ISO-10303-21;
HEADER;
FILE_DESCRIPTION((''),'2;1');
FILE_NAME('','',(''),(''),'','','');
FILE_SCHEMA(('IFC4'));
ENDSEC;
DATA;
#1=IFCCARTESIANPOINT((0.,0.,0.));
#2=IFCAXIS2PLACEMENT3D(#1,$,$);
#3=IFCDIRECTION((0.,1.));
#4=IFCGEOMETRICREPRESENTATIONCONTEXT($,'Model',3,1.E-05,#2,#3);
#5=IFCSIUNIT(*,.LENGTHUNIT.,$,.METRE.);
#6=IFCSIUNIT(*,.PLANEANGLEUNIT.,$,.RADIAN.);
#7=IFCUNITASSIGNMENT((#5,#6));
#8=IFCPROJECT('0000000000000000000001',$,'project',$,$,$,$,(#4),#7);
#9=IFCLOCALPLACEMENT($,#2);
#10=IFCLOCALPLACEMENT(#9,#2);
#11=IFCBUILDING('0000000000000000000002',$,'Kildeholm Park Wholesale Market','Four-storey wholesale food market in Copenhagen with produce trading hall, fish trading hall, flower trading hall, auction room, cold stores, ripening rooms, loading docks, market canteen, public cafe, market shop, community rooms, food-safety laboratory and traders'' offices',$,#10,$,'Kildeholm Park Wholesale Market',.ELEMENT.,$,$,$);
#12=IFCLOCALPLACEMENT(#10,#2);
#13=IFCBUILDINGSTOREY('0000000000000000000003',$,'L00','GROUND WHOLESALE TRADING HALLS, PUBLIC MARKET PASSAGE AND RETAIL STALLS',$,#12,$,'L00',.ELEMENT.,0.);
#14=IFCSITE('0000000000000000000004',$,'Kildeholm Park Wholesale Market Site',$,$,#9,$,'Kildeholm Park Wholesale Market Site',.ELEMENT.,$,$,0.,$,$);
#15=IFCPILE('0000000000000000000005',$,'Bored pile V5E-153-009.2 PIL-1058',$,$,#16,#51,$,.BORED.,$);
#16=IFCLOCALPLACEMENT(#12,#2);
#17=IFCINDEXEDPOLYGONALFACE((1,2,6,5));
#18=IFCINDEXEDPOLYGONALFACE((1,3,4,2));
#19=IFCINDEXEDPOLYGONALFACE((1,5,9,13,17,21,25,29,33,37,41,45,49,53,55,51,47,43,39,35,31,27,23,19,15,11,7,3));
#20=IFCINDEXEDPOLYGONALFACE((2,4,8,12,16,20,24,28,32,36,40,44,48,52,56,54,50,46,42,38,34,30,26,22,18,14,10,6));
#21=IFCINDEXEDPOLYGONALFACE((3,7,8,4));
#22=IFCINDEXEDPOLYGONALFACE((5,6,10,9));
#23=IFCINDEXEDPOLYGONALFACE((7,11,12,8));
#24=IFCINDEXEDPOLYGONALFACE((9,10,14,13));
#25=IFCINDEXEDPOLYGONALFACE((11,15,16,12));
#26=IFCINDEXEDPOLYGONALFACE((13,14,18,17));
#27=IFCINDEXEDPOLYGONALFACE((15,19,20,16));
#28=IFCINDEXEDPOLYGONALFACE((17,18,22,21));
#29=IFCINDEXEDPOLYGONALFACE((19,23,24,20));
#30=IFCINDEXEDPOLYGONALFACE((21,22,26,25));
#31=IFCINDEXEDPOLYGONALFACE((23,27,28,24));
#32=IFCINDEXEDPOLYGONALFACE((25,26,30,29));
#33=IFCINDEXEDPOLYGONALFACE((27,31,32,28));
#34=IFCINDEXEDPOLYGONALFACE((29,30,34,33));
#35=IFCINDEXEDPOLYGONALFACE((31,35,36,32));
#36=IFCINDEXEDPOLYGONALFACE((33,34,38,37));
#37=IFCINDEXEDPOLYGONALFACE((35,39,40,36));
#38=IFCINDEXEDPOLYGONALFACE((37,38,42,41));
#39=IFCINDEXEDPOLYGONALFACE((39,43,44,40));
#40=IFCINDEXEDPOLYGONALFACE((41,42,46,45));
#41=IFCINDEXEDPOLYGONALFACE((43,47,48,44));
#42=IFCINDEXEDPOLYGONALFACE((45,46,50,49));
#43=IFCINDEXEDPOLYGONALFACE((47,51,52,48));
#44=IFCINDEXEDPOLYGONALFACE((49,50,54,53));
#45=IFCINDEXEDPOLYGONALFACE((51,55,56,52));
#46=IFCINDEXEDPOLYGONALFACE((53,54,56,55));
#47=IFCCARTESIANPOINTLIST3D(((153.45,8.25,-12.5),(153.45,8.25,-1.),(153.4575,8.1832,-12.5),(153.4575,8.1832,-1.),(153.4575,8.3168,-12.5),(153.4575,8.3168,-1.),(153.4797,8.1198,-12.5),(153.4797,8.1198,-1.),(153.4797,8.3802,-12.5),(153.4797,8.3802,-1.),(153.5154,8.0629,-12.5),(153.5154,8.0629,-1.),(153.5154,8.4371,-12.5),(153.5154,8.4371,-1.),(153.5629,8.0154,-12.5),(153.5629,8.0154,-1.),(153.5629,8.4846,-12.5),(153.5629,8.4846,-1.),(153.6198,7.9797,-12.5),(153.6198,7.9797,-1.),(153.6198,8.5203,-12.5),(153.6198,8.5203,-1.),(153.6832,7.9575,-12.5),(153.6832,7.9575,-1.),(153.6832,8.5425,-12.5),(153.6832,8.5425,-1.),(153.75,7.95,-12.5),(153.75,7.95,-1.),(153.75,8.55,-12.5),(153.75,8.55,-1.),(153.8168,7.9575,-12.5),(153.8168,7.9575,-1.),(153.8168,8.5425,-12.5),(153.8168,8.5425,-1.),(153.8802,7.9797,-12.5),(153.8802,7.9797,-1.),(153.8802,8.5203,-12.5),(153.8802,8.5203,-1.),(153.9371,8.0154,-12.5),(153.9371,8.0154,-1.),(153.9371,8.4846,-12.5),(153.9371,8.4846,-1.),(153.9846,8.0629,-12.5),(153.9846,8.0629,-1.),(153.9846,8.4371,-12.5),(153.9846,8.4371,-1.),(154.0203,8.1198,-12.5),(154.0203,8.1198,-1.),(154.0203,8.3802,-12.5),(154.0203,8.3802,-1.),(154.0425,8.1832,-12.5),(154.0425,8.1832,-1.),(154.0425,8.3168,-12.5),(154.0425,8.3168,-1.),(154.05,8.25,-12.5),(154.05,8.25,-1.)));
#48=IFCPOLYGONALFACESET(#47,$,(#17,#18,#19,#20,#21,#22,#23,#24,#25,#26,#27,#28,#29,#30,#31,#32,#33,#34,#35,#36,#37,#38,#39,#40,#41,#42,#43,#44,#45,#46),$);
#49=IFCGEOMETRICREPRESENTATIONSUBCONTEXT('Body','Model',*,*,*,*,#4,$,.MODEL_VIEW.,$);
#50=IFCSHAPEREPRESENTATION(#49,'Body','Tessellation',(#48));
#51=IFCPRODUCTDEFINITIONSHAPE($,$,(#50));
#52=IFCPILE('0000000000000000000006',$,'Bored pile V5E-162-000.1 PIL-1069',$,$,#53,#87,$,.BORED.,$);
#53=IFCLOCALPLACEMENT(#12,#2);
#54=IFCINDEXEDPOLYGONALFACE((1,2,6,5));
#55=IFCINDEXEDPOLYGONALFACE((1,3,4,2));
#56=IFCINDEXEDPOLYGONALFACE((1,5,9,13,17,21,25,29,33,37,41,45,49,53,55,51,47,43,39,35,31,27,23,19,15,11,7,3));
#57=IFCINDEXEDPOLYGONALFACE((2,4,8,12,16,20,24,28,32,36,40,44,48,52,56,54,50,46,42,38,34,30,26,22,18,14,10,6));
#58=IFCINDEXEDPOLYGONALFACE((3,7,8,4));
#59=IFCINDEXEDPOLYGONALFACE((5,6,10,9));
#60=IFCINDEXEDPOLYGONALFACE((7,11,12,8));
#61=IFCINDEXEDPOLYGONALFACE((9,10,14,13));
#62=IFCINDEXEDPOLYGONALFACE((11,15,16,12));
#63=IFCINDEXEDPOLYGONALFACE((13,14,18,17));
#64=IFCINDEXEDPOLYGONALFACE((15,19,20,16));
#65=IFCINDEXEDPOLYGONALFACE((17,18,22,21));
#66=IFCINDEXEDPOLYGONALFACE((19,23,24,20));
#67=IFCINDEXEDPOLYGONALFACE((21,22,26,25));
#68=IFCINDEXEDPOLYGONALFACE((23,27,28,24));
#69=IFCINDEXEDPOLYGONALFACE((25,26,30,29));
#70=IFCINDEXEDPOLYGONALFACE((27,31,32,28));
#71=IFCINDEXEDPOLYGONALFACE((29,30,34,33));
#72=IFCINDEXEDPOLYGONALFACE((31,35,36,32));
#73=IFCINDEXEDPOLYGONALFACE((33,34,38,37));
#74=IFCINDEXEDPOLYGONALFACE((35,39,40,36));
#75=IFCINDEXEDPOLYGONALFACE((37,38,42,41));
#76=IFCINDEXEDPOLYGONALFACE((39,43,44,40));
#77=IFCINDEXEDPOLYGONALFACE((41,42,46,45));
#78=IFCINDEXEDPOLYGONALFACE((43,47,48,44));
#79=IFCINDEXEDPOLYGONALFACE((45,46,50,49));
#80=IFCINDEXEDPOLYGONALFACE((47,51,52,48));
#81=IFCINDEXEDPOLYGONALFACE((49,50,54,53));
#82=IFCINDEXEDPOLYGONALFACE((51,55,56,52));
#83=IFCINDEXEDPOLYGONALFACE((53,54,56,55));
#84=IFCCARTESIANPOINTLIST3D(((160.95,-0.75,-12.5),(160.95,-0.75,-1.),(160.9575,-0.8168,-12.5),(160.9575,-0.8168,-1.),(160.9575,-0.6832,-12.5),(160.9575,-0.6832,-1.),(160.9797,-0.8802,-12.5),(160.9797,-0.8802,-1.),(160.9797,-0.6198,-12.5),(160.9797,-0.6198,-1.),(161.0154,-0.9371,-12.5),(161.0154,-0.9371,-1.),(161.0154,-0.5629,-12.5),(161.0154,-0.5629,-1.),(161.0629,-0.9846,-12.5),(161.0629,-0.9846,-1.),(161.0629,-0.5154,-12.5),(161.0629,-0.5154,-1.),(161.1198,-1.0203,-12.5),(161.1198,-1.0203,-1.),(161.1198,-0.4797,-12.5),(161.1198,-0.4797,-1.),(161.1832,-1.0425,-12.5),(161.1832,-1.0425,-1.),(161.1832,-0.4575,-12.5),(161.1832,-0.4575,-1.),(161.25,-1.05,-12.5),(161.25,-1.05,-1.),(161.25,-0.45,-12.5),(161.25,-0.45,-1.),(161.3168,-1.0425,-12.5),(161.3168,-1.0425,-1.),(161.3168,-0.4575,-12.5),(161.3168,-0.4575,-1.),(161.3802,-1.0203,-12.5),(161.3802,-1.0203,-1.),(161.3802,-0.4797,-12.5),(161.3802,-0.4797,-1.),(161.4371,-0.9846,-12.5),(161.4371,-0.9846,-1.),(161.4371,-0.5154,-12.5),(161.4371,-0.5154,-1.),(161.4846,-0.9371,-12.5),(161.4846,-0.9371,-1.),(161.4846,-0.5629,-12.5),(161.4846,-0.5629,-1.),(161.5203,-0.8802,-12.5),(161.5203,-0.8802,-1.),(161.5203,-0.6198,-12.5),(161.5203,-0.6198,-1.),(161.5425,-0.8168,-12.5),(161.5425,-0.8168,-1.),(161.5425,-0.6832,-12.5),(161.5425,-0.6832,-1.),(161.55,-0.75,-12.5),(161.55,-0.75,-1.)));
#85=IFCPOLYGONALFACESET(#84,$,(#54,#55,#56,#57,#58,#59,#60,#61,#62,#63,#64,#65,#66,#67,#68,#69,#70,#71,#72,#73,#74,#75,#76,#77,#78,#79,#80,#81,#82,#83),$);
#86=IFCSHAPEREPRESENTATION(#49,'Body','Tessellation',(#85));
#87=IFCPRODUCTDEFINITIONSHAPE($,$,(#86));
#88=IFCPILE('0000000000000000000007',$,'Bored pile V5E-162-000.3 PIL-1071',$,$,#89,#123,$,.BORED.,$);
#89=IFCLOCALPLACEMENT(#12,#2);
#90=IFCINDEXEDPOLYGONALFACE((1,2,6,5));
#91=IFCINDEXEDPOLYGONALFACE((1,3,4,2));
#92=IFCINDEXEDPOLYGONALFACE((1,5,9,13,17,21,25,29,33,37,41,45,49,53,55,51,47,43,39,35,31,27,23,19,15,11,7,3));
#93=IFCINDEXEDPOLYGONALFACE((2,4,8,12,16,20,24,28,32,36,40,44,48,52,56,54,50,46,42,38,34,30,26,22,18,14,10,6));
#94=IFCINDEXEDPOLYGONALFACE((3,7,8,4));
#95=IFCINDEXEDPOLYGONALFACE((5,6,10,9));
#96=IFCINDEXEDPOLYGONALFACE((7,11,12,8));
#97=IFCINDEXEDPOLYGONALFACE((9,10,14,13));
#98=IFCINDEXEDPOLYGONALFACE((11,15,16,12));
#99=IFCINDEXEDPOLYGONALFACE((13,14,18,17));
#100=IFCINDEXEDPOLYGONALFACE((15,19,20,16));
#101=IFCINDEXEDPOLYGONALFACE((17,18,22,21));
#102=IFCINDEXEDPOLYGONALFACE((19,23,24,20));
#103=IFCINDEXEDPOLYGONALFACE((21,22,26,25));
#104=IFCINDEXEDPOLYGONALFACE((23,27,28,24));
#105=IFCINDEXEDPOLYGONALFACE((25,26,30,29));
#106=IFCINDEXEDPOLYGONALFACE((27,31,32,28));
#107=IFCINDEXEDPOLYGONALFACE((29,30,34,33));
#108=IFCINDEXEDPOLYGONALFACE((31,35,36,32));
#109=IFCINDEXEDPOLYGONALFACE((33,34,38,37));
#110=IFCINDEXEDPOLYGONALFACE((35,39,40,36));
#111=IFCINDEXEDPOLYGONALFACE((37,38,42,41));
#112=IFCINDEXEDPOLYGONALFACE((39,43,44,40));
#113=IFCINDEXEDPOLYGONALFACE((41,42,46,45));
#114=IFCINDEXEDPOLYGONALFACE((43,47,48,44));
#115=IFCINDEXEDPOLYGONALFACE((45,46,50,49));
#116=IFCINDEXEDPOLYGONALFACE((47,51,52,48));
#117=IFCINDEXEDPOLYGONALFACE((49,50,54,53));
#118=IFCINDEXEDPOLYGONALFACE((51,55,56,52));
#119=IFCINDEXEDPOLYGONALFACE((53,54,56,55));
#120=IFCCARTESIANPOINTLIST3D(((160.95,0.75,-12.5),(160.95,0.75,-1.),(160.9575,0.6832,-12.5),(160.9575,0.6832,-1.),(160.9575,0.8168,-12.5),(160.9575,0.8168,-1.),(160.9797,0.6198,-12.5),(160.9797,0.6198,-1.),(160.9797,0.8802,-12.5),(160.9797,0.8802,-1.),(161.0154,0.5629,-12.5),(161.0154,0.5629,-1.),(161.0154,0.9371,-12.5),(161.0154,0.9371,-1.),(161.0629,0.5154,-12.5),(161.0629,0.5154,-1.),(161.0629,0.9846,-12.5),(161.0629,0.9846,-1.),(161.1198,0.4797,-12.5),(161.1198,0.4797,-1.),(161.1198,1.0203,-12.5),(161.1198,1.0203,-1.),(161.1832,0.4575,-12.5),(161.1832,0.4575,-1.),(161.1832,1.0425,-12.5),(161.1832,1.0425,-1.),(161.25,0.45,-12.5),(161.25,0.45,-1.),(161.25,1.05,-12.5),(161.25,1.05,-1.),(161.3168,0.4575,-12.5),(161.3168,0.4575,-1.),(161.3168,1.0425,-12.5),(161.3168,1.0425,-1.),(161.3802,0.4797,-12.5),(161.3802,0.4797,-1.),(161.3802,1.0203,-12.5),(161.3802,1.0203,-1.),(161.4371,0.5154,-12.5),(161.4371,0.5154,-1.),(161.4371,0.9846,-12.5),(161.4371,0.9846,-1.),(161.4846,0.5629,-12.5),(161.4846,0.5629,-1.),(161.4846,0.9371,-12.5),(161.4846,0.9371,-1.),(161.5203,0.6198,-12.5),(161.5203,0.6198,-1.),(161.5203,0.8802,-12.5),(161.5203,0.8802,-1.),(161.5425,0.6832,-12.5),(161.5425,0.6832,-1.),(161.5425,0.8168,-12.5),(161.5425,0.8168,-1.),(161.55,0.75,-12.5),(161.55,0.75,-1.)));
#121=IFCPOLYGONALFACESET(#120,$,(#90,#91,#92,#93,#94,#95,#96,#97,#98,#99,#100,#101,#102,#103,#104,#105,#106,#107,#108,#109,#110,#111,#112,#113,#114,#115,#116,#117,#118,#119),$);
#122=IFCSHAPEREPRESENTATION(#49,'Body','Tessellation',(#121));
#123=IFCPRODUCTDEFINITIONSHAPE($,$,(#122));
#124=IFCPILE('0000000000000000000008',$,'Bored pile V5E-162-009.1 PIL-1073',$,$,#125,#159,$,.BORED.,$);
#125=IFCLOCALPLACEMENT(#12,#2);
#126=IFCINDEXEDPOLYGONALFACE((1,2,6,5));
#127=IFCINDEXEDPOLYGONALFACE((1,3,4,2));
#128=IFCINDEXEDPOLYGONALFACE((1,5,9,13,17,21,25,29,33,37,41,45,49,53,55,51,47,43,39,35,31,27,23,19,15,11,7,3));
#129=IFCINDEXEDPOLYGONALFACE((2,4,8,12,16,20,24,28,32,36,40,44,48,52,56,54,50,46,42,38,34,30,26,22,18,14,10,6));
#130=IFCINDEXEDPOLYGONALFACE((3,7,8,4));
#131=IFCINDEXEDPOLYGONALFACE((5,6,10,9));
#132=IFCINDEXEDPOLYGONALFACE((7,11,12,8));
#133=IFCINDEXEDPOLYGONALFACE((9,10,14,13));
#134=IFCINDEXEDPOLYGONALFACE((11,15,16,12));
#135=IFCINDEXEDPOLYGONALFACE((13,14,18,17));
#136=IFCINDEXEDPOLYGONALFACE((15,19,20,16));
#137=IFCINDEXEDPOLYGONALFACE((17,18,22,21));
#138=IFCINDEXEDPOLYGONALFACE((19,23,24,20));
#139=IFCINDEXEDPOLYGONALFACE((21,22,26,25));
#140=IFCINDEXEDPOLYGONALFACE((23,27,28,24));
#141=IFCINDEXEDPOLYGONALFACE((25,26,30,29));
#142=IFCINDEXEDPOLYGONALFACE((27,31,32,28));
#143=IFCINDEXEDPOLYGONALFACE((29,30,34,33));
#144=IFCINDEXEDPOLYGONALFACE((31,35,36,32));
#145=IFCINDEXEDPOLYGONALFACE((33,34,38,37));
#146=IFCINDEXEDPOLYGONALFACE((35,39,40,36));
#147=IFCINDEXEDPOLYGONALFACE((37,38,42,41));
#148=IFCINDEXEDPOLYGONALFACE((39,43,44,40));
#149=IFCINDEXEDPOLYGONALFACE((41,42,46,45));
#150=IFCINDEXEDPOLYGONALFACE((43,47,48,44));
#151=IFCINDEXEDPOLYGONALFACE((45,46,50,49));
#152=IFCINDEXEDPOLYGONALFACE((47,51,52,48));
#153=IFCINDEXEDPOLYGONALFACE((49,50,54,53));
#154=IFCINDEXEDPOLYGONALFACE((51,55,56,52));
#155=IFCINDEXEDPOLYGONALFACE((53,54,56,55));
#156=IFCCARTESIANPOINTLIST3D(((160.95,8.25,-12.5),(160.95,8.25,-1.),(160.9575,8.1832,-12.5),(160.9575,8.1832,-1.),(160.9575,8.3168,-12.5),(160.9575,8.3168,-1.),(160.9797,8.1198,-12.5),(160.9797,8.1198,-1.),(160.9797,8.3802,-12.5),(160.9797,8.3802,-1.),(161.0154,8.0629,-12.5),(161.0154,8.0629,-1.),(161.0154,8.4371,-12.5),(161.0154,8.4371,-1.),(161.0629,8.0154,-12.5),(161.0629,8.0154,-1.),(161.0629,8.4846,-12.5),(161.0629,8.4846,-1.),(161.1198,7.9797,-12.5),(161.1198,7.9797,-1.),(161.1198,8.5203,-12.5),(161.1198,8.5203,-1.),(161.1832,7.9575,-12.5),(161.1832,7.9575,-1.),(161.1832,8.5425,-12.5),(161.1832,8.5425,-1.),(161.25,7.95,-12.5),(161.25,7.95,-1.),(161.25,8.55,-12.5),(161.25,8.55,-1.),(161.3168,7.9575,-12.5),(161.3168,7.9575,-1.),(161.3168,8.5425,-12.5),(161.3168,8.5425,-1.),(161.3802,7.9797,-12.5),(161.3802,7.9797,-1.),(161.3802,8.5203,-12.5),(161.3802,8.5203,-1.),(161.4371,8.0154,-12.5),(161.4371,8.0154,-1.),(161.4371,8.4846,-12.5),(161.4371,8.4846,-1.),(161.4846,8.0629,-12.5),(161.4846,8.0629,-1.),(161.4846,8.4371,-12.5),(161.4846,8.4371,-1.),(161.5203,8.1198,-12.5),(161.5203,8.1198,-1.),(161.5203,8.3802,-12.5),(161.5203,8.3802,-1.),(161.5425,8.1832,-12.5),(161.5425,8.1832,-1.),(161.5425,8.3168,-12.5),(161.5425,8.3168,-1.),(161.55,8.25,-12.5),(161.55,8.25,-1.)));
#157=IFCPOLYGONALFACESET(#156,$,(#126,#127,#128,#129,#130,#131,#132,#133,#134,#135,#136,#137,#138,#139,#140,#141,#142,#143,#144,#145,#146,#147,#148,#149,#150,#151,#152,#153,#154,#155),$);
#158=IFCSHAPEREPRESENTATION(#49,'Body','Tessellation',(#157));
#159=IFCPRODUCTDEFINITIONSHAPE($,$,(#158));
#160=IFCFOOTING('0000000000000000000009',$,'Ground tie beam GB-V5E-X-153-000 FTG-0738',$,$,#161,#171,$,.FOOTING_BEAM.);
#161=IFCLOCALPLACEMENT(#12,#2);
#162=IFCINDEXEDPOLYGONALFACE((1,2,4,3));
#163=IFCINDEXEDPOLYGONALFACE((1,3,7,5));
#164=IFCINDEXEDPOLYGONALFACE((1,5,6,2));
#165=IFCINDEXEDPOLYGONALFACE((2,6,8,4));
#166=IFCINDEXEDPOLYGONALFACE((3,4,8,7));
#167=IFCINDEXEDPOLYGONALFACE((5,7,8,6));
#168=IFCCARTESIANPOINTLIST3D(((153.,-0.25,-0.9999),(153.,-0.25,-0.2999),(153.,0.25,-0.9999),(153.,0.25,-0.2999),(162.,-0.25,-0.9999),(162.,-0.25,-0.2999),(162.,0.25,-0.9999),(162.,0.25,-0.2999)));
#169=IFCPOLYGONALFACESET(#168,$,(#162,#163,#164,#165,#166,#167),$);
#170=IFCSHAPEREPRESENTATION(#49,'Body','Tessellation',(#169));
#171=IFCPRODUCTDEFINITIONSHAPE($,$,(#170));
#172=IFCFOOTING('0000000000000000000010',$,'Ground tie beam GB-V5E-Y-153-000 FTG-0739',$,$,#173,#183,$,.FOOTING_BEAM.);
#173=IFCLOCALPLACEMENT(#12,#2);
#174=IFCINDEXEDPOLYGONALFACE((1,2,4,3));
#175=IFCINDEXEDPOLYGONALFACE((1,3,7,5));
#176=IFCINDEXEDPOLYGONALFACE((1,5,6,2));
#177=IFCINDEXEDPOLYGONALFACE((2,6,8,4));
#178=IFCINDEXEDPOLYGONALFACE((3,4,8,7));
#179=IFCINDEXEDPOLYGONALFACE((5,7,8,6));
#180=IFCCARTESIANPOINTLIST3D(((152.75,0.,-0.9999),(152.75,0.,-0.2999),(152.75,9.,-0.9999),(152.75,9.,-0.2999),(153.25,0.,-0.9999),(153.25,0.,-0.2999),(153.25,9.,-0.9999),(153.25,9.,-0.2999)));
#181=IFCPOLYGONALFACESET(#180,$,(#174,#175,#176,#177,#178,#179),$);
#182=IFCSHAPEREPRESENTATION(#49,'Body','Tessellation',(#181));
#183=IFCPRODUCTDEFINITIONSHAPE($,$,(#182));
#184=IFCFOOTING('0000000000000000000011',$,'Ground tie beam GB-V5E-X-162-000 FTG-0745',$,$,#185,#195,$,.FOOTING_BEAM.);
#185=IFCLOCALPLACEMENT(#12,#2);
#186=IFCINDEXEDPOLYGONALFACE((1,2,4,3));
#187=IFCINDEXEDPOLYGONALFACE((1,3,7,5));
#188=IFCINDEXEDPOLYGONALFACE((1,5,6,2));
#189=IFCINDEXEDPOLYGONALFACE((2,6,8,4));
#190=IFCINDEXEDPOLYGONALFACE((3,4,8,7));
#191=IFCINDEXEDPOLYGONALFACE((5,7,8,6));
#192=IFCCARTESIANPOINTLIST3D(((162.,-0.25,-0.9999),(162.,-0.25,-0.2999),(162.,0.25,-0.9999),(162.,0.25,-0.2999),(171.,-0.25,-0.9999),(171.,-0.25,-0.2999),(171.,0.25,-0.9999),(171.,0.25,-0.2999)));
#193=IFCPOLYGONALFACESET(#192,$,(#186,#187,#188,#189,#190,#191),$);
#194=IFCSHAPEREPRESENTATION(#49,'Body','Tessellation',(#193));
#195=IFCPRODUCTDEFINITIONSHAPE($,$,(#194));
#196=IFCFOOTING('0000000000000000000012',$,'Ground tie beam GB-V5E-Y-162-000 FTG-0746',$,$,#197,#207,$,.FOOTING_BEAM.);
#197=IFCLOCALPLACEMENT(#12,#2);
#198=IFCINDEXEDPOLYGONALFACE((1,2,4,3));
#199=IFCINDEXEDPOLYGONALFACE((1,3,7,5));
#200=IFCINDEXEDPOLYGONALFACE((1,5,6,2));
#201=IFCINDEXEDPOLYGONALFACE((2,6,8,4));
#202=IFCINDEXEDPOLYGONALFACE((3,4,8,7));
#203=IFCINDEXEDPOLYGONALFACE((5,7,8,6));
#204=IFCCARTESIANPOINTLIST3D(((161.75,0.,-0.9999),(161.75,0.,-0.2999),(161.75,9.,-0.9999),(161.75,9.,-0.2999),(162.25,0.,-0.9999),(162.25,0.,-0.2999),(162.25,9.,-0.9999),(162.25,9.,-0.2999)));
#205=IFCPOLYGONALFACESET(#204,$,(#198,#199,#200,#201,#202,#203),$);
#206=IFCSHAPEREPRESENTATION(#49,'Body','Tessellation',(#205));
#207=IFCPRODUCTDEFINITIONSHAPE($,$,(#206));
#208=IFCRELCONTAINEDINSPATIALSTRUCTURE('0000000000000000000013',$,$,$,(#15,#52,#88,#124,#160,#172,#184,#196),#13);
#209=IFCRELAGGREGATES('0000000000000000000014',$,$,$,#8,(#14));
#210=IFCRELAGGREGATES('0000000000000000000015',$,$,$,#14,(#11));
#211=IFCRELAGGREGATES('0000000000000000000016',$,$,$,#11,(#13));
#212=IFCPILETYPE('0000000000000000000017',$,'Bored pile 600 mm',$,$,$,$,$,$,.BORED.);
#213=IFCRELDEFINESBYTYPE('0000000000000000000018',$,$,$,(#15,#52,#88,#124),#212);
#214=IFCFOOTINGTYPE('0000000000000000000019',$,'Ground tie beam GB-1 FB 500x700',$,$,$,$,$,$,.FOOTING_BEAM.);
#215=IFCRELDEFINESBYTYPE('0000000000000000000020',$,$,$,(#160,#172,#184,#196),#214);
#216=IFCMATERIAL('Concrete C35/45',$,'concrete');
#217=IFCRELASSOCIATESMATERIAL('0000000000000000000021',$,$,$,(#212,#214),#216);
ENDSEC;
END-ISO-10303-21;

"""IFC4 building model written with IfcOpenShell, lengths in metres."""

from ifc_helpers import new_model, si_unit, direction, frame, origin, origin_2d, place, context, subcontext, project, spatial, rectangle, circle, extrude, material, material_profile, profile_set, type_object, element, save


model = new_model("IFC4")

# Units and contexts
model_context = context("Model", 3, precision=1e-05, world=origin(), true_north=direction((0.0, 1.0)))
body_context = subcontext(model_context, "Body", "Model", "MODEL_VIEW")
ifc_project = project(units=[si_unit("LENGTHUNIT", "METRE"), si_unit("PLANEANGLEUNIT", "RADIAN")], contexts=[model_context])

# Site, building, storey
site_placement = place(None, origin())
site = spatial("IfcSite", under=ifc_project, at=site_placement, Name="Kildeholm Park Wholesale Market Site", LongName="Kildeholm Park Wholesale Market Site", CompositionType="ELEMENT", RefElevation=0.0)
building_placement = place(site_placement, origin())
building = spatial("IfcBuilding", under=site, at=building_placement, Name="Kildeholm Park Wholesale Market", Description="Four-storey wholesale food market in Copenhagen with produce trading hall, fish trading hall, flower trading hall, auction room, cold stores, ripening rooms, loading docks, market canteen, public cafe, market shop, community rooms, food-safety laboratory and traders' offices", LongName="Kildeholm Park Wholesale Market", CompositionType="ELEMENT")
storey_placement = place(building_placement, origin())
storey = spatial("IfcBuildingStorey", under=building, at=storey_placement, Name="L00", Description="GROUND WHOLESALE TRADING HALLS, PUBLIC MARKET PASSAGE AND RETAIL STALLS", LongName="L00", CompositionType="ELEMENT", Elevation=0.0)

# Piles
ifc_material_1 = material(Name="Concrete C35/45", Category="concrete")
ifc_material_profile_1 = material_profile(ifc_material_1, circle(Radius=0.3, at=origin_2d()), Name="PILE D600")
ifc_profile_set_1 = profile_set([ifc_material_profile_1], Name="Concrete C35/45")
pile_type = type_object("IfcPileType", Name="Bored pile 600 mm", PredefinedType="BORED", material=ifc_profile_set_1)
for number, where, z_axis, x_axis, name in (
    (1, (153.75, 8.25, -1.0), (0.0, 0.0, -1.0), (1.0, 0.0, 0.0), "Bored pile V5E-153-009.2 PIL-1058"),
    (2, (161.25, -0.75, -1.0), (0.0, 0.0, -1.0), (1.0, 0.0, 0.0), "Bored pile V5E-162-000.1 PIL-1069"),
    (3, (161.25, 0.75, -1.0), (0.0, 0.0, -1.0), (1.0, 0.0, 0.0), "Bored pile V5E-162-000.3 PIL-1071"),
    (4, (161.25, 8.25, -1.0), (0.0, 0.0, -1.0), (1.0, 0.0, 0.0), "Bored pile V5E-162-009.1 PIL-1073"),
):
    element("IfcPile", number, at=place(storey_placement, frame(where, z_axis=z_axis, x_axis=x_axis)), inside=storey, type_object=pile_type, Name=name, PredefinedType="BORED", context=body_context, shape_type="SweptSolid", body=[
        extrude(circle(Radius=0.3, at=origin_2d()), origin(), (0.0, 0.0, 1.0), 11.5),
    ])

# Footings
ifc_material_profile_2 = material_profile(ifc_material_1, rectangle(XDim=0.5, YDim=0.7, at=origin_2d()), Name="FB 500x700")
ifc_profile_set_2 = profile_set([ifc_material_profile_2], Name="Concrete C35/45")
footing_type_1 = type_object("IfcFootingType", Name="Ground tie beam GB-1 FB 500x700", PredefinedType="FOOTING_BEAM", material=ifc_profile_set_2)
for number, where, z_axis, x_axis, name in (
    (5, (153.0, 0.0, -0.6499), (1.0, 0.0, 0.0), (0.0, 1.0, 0.0), "Ground tie beam GB-V5E-X-153-000 FTG-0738"),
    (6, (153.0, 0.0, -0.6499), (0.0, 1.0, 0.0), (-1.0, 0.0, 0.0), "Ground tie beam GB-V5E-Y-153-000 FTG-0739"),
    (7, (162.0, 0.0, -0.6499), (1.0, 0.0, 0.0), (0.0, 1.0, 0.0), "Ground tie beam GB-V5E-X-162-000 FTG-0745"),
    (8, (162.0, 0.0, -0.6499), (0.0, 1.0, 0.0), (-1.0, 0.0, 0.0), "Ground tie beam GB-V5E-Y-162-000 FTG-0746"),
):
    element("IfcFooting", number, at=place(storey_placement, frame(where, z_axis=z_axis, x_axis=x_axis)), inside=storey, type_object=footing_type_1, Name=name, PredefinedType="FOOTING_BEAM", context=body_context, shape_type="SweptSolid", body=[
        extrude(rectangle(XDim=0.5, YDim=0.7, at=origin_2d()), origin(), (0.0, 0.0, 1.0), 9.0),
    ])

save(model, "model.ifc")
